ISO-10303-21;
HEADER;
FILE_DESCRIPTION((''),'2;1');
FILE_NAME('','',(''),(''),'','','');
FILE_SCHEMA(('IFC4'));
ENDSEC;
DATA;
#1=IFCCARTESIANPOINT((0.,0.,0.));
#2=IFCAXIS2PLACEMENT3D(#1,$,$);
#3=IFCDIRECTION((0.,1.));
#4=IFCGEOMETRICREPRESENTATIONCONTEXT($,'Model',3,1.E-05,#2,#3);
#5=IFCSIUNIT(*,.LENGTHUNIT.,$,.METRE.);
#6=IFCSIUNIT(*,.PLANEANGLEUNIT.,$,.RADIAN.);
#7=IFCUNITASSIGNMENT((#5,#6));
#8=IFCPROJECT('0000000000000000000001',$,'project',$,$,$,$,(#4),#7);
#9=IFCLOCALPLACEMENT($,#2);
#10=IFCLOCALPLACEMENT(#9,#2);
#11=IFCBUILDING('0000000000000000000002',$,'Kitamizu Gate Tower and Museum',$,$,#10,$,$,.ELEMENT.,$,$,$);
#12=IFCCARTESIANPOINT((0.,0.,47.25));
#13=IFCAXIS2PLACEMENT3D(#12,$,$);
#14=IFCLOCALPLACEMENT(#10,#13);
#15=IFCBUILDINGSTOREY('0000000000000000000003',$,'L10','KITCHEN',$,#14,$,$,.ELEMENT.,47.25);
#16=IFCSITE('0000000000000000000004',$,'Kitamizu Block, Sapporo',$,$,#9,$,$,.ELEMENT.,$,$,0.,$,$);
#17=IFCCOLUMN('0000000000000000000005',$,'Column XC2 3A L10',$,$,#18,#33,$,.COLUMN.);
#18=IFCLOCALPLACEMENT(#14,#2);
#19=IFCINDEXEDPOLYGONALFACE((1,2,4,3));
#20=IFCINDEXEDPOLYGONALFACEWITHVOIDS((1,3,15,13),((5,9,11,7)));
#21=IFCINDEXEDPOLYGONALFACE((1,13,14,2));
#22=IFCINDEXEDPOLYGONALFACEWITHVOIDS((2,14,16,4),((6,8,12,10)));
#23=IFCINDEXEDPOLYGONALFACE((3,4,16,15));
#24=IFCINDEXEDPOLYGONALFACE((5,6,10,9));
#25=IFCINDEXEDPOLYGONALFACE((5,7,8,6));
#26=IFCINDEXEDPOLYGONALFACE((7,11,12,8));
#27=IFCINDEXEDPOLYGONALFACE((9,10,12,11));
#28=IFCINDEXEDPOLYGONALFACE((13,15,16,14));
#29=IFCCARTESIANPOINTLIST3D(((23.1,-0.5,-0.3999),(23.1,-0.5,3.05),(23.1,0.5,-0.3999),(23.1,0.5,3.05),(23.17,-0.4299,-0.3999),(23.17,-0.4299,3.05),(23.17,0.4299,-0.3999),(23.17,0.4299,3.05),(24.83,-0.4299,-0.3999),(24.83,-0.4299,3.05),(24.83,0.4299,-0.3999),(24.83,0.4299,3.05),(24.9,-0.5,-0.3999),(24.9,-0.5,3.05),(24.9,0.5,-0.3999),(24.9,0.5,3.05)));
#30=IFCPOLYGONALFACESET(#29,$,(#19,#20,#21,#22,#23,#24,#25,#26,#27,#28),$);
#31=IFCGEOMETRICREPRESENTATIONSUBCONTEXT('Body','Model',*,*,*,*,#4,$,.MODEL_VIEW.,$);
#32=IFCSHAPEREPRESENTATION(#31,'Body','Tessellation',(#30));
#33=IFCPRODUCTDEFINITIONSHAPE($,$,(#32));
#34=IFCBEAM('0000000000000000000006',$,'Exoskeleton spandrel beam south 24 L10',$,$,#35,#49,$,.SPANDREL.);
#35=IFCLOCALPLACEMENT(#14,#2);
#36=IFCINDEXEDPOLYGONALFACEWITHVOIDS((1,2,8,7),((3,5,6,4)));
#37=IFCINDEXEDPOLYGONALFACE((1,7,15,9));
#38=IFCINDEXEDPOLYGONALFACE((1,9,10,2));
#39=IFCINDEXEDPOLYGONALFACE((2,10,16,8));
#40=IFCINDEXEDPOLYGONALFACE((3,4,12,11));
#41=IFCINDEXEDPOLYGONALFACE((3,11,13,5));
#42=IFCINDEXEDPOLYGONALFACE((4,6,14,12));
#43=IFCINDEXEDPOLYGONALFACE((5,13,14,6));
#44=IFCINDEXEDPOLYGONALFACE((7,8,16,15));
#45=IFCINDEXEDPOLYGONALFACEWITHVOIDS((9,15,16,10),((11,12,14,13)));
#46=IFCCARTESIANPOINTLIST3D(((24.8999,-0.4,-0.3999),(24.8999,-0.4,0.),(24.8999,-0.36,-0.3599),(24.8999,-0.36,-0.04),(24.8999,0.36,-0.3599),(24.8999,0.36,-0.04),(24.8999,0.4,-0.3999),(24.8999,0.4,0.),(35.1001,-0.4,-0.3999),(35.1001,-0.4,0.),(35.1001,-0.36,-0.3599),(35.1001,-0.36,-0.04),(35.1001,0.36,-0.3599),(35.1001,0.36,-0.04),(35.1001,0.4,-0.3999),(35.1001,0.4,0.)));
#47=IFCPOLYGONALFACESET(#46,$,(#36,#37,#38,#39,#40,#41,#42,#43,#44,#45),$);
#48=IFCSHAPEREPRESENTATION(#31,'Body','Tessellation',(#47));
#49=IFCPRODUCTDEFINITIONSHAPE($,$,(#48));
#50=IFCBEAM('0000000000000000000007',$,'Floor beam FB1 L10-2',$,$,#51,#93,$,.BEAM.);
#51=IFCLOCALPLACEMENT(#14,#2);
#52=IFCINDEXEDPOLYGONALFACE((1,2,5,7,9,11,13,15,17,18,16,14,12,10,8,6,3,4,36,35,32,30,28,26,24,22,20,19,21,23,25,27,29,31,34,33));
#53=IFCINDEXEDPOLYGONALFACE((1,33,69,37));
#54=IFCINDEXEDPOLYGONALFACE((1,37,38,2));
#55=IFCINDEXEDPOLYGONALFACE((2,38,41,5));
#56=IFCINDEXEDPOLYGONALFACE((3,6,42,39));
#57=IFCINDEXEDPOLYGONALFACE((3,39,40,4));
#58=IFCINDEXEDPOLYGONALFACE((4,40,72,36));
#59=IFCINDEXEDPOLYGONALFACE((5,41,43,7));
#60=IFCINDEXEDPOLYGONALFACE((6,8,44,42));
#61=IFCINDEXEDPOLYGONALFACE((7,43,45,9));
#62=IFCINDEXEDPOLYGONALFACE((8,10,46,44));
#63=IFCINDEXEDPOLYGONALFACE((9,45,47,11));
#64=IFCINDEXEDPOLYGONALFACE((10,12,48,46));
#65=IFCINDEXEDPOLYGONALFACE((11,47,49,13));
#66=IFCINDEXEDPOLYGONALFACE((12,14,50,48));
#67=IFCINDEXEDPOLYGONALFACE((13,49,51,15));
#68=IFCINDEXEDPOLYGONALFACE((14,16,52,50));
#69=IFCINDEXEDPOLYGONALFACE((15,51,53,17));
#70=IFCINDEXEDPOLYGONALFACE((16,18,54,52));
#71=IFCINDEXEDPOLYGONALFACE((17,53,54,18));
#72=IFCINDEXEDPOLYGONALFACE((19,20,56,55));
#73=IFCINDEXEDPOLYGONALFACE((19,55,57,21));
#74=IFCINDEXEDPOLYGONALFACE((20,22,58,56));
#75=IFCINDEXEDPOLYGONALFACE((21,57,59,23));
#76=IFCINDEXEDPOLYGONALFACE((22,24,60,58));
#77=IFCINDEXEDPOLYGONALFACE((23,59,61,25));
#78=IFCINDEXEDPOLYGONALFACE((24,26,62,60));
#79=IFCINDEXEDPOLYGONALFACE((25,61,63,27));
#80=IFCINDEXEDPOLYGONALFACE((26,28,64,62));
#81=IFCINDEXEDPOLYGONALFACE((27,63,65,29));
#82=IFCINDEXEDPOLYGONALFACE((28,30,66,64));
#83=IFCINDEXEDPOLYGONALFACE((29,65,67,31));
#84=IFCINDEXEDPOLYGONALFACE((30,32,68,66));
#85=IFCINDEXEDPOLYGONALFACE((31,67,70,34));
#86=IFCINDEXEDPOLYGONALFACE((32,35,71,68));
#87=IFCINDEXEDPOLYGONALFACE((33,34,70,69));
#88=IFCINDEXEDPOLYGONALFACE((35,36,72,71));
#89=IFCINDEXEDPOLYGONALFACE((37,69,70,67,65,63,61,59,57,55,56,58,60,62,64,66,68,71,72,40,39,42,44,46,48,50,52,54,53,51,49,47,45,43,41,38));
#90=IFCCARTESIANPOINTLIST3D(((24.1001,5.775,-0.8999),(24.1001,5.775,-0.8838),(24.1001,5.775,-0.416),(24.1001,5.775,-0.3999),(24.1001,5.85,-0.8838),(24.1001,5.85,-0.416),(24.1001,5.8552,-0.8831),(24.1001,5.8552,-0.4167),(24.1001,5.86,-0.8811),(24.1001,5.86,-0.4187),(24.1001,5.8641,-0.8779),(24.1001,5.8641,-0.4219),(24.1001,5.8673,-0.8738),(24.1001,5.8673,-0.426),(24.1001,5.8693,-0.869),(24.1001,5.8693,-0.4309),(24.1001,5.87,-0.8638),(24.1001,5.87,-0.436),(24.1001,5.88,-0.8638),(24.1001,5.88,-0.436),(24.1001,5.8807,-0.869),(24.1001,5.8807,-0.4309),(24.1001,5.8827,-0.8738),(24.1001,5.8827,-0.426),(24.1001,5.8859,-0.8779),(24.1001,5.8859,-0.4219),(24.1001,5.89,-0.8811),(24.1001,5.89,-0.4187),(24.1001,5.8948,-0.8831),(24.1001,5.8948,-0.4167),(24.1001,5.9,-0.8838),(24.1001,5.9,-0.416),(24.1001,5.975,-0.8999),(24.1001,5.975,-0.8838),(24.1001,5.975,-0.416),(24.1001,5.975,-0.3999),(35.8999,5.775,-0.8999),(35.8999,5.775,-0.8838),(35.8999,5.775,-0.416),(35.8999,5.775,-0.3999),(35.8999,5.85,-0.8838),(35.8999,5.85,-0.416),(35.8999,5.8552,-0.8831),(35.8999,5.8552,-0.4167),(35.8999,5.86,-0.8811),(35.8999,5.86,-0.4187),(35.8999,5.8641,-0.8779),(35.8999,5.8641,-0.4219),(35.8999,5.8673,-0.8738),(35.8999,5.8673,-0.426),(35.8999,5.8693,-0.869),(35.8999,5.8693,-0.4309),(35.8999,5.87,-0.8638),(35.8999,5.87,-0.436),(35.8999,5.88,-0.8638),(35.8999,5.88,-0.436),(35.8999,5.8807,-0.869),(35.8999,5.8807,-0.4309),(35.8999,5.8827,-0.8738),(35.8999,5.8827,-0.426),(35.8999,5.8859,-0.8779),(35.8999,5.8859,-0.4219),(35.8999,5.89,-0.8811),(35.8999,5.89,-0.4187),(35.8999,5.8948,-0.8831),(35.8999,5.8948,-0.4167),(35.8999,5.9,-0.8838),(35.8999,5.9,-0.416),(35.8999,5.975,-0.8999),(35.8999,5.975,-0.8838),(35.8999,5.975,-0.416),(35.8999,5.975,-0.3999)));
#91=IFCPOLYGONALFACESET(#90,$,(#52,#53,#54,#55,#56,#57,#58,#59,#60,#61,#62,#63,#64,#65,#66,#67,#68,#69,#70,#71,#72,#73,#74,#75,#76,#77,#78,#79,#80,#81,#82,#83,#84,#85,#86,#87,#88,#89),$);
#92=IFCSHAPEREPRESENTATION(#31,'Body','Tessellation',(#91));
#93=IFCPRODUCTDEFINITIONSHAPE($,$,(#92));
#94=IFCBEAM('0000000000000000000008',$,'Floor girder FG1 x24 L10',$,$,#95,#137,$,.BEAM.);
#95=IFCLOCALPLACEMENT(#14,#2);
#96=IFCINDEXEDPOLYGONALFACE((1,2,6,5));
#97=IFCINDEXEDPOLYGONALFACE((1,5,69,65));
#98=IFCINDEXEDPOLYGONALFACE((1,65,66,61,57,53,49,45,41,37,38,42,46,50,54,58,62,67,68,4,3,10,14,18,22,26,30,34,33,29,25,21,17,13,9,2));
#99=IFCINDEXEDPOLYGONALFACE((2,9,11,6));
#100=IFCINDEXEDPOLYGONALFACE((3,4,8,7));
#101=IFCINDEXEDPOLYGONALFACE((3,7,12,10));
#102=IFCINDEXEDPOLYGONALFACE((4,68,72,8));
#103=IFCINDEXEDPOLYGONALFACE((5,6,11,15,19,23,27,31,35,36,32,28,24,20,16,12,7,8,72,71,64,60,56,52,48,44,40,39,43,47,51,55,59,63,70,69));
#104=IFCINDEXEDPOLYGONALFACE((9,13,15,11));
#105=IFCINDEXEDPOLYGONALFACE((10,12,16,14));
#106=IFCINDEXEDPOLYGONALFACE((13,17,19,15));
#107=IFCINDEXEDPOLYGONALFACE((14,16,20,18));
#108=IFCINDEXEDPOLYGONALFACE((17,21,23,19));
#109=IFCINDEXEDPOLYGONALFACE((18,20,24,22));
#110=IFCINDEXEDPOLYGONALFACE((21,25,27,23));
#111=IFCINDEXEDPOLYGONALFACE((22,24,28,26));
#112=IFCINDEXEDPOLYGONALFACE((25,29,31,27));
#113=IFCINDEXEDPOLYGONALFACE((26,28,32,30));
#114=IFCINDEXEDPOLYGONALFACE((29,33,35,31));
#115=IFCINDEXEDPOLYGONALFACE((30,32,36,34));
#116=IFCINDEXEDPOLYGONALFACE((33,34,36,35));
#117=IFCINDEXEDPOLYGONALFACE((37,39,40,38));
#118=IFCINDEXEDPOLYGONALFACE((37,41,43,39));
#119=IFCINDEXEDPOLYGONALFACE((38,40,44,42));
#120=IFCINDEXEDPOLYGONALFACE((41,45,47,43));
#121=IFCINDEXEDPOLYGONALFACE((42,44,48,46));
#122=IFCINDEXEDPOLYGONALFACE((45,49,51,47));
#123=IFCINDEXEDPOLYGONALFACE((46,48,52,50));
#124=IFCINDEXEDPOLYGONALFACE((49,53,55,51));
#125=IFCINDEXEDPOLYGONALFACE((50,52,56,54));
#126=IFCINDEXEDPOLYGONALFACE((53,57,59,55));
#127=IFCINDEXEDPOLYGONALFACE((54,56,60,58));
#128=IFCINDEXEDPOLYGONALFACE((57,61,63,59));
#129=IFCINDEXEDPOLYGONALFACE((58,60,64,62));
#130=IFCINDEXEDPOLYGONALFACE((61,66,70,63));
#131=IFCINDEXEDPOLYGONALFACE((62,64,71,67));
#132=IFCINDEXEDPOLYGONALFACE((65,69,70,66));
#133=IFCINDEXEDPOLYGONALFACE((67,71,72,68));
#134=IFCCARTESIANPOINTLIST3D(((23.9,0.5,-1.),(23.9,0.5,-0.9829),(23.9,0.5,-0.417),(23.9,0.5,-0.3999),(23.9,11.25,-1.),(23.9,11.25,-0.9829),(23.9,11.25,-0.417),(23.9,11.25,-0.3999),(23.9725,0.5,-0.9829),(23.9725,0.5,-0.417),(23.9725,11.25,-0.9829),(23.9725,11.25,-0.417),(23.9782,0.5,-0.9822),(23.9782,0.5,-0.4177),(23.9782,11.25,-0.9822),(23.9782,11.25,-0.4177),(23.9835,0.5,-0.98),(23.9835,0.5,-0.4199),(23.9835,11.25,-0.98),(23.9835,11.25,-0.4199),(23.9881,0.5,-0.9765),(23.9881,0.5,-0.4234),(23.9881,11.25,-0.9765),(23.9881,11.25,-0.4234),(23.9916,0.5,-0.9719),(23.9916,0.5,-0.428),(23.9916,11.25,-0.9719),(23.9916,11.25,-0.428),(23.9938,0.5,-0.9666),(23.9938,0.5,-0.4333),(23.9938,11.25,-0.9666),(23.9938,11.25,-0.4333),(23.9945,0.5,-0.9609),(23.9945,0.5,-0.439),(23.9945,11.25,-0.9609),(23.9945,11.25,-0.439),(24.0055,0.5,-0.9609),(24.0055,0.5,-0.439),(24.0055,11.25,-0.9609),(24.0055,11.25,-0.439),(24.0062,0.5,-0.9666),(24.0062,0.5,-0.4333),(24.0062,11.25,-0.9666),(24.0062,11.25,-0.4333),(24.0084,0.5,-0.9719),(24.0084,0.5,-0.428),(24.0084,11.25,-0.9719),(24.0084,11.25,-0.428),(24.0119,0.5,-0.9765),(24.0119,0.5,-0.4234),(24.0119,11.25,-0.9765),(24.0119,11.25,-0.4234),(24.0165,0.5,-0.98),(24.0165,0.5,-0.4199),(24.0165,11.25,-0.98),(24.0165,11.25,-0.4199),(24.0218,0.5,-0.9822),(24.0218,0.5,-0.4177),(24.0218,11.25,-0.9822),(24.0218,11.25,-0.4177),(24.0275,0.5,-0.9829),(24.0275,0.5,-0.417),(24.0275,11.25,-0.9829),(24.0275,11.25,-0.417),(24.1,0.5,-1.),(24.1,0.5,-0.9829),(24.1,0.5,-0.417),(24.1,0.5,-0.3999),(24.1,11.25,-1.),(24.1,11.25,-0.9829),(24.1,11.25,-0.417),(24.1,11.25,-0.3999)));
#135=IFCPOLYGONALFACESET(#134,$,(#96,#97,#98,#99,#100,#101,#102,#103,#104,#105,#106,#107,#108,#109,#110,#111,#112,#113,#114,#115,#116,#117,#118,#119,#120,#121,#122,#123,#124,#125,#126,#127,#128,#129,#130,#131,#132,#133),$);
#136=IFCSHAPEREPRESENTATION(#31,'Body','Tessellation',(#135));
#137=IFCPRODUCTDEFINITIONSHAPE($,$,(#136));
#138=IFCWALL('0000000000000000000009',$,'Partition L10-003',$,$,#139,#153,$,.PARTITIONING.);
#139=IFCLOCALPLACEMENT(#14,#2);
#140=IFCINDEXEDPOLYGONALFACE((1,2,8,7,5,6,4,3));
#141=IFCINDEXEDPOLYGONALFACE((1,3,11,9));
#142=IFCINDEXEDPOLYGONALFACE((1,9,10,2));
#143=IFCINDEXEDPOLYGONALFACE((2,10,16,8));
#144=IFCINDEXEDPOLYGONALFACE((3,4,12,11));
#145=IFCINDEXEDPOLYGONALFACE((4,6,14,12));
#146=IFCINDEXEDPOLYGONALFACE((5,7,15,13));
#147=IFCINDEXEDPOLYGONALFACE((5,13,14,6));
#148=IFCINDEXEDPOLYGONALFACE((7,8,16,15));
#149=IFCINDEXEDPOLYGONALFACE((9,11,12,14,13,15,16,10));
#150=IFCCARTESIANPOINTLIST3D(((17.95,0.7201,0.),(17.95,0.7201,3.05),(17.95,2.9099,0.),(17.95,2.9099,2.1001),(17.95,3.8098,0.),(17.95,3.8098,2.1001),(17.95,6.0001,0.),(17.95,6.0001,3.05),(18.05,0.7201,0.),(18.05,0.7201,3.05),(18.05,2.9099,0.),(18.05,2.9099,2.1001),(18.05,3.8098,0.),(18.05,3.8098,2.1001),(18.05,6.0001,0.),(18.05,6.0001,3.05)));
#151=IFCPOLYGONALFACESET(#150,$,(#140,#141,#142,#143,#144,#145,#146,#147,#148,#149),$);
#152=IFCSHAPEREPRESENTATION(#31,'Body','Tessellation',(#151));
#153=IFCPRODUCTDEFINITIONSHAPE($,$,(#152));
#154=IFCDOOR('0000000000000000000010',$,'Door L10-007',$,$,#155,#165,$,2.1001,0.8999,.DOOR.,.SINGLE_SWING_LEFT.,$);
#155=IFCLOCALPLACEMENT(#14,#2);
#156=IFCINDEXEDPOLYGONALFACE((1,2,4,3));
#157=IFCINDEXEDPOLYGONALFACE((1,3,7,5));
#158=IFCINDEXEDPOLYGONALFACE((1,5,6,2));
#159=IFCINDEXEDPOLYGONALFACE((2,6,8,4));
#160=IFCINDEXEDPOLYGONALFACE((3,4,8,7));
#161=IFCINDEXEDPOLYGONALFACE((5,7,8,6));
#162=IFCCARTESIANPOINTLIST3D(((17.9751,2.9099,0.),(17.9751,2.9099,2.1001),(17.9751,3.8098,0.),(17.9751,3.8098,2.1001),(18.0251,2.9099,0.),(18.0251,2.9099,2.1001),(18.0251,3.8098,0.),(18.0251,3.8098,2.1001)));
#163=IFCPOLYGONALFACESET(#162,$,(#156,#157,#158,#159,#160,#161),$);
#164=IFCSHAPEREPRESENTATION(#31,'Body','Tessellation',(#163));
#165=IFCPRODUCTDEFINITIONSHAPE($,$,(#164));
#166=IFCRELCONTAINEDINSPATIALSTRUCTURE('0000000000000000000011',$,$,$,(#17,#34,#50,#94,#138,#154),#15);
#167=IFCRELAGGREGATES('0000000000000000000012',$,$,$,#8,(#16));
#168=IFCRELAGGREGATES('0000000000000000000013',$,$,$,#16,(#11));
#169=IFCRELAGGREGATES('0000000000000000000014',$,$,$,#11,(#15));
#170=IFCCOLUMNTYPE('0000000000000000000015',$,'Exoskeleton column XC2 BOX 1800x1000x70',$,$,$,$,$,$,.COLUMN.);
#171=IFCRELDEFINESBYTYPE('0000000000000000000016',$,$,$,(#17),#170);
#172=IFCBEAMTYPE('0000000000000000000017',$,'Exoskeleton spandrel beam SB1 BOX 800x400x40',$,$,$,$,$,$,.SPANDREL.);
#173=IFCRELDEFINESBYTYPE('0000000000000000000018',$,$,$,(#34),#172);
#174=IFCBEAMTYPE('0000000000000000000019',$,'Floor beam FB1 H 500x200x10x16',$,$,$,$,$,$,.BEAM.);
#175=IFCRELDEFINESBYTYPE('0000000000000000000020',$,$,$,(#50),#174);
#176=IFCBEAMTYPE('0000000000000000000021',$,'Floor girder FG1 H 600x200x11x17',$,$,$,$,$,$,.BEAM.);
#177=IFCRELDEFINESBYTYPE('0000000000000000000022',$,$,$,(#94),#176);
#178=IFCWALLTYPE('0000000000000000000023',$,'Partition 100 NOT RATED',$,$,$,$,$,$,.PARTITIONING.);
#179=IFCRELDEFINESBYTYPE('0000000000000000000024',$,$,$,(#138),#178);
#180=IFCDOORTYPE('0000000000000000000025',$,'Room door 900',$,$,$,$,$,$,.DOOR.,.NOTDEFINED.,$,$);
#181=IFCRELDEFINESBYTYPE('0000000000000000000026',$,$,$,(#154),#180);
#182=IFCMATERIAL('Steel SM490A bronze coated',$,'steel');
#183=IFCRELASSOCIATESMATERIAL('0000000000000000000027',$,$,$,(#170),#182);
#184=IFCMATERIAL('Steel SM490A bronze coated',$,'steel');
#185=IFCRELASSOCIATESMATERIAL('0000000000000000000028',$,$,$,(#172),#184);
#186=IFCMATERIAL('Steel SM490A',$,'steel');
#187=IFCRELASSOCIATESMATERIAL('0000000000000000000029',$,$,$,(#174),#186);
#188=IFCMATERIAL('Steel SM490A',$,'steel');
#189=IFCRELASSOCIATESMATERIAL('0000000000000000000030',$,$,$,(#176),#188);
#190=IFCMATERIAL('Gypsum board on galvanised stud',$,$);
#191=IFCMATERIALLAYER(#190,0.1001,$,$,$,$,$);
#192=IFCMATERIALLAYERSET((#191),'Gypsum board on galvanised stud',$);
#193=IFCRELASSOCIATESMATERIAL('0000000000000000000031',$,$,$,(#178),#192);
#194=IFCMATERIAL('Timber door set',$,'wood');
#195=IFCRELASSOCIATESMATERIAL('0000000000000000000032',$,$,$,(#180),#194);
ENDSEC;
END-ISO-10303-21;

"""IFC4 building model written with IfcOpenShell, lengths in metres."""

from ifc_helpers import new_model, si_unit, direction, frame, frame_2d, origin, origin_2d, place, context, subcontext, project, spatial, rectangle, hollow_rectangle, i_section, extrude, material, layer, layer_set, material_profile, profile_set, type_object, element, fill, save


model = new_model("IFC4")

# Units and contexts
model_context = context("Model", 3, precision=1e-05, world=origin(), true_north=direction((0.0, 1.0)))
body_context = subcontext(model_context, "Body", "Model", "MODEL_VIEW")
ifc_project = project(units=[si_unit("LENGTHUNIT", "METRE"), si_unit("PLANEANGLEUNIT", "RADIAN")], contexts=[model_context])

# Site, building, storey
site_placement = place(None, origin())
site = spatial("IfcSite", under=ifc_project, at=site_placement, Name="Kitamizu Block, Sapporo", CompositionType="ELEMENT", RefElevation=0.0)
building_placement = place(site_placement, origin())
building = spatial("IfcBuilding", under=site, at=building_placement, Name="Kitamizu Gate Tower and Museum", CompositionType="ELEMENT")
storey_placement = place(building_placement, frame((0.0, 0.0, 47.25)))
storey = spatial("IfcBuildingStorey", under=building, at=storey_placement, Name="L10", Description="KITCHEN", CompositionType="ELEMENT", Elevation=47.25)

# Column
ifc_material_1 = material(Name="Steel SM490A bronze coated", Category="steel")
ifc_material_profile_1 = material_profile(ifc_material_1, hollow_rectangle(XDim=1.8, YDim=1.0, WallThickness=0.0701, at=origin_2d()), Name="BOX 1800x1000x70")
ifc_profile_set_1 = profile_set([ifc_material_profile_1], Name="Steel SM490A bronze coated")
column_type = type_object("IfcColumnType", Name="Exoskeleton column XC2 BOX 1800x1000x70", PredefinedType="COLUMN", material=ifc_profile_set_1)
column_placement = place(storey_placement, frame((24.0, 0.0, -0.3999), z_axis=(0.0, 0.0, 1.0), x_axis=(1.0, 0.0, 0.0)))
element("IfcColumn", 1, at=column_placement, inside=storey, type_object=column_type, Name="Column XC2 3A L10", PredefinedType="COLUMN", context=body_context, shape_type="SweptSolid", body=[
    extrude(hollow_rectangle(XDim=1.8, YDim=1.0, WallThickness=0.0701, at=origin_2d()), origin(), (0.0, 0.0, 1.0), 3.45),
])

# Beams
ifc_material_2 = material(Name="Steel SM490A bronze coated", Category="steel")
ifc_material_profile_2 = material_profile(ifc_material_2, hollow_rectangle(XDim=0.8, YDim=0.3999, WallThickness=0.04, at=origin_2d()), Name="BOX 800x400x40")
ifc_profile_set_2 = profile_set([ifc_material_profile_2], Name="Steel SM490A bronze coated")
beam_type_1 = type_object("IfcBeamType", Name="Exoskeleton spandrel beam SB1 BOX 800x400x40", PredefinedType="SPANDREL", material=ifc_profile_set_2)
beam_1_placement = place(storey_placement, frame((24.8999, 0.0, -0.2), z_axis=(1.0, 0.0, 0.0), x_axis=(0.0, 1.0, 0.0)))
element("IfcBeam", 2, at=beam_1_placement, inside=storey, type_object=beam_type_1, Name="Exoskeleton spandrel beam south 24 L10", PredefinedType="SPANDREL", context=body_context, shape_type="SweptSolid", body=[
    extrude(hollow_rectangle(XDim=0.8, YDim=0.3999, WallThickness=0.04, at=origin_2d()), origin(), (0.0, 0.0, 1.0), 10.2002),
])
ifc_material_3 = material(Name="Steel SM490A", Category="steel")
ifc_material_profile_3 = material_profile(ifc_material_3, i_section(OverallWidth=0.2, OverallDepth=0.5, WebThickness=0.01, FlangeThickness=0.0161, FilletRadius=0.02, at=origin_2d()), Name="H-500x200x10x16")
ifc_profile_set_3 = profile_set([ifc_material_profile_3], Name="Steel SM490A")
beam_type_2 = type_object("IfcBeamType", Name="Floor beam FB1 H 500x200x10x16", PredefinedType="BEAM", material=ifc_profile_set_3)
beam_2_placement = place(storey_placement, frame((24.1001, 5.875, -0.6499), z_axis=(1.0, 0.0, 0.0), x_axis=(0.0, 1.0, 0.0)))
element("IfcBeam", 3, at=beam_2_placement, inside=storey, type_object=beam_type_2, Name="Floor beam FB1 L10-2", PredefinedType="BEAM", context=body_context, shape_type="SweptSolid", body=[
    extrude(i_section(OverallWidth=0.2, OverallDepth=0.5, WebThickness=0.01, FlangeThickness=0.0161, FilletRadius=0.02, at=origin_2d()), origin(), (0.0, 0.0, 1.0), 11.7998),
])
ifc_material_4 = material(Name="Steel SM490A", Category="steel")
ifc_material_profile_4 = material_profile(ifc_material_4, i_section(OverallWidth=0.2, OverallDepth=0.6001, WebThickness=0.011, FlangeThickness=0.0171, FilletRadius=0.022, at=origin_2d()), Name="H-600x200x11x17")
ifc_profile_set_4 = profile_set([ifc_material_profile_4], Name="Steel SM490A")
beam_type_3 = type_object("IfcBeamType", Name="Floor girder FG1 H 600x200x11x17", PredefinedType="BEAM", material=ifc_profile_set_4)
beam_3_placement = place(storey_placement, frame((24.0, 0.5, -0.7), z_axis=(0.0, 1.0, 0.0), x_axis=(-1.0, 0.0, 0.0)))
element("IfcBeam", 4, at=beam_3_placement, inside=storey, type_object=beam_type_3, Name="Floor girder FG1 x24 L10", PredefinedType="BEAM", context=body_context, shape_type="SweptSolid", body=[
    extrude(i_section(OverallWidth=0.2, OverallDepth=0.6001, WebThickness=0.011, FlangeThickness=0.0171, FilletRadius=0.022, at=origin_2d()), origin(), (0.0, 0.0, 1.0), 10.75),
])

# Wall, opening, door
ifc_material_5 = material(Name="Gypsum board on galvanised stud")
ifc_layer_1 = layer(ifc_material_5, 0.1001)
ifc_layer_set_1 = layer_set([ifc_layer_1], Name="Gypsum board on galvanised stud")
wall_type_1 = type_object("IfcWallType", Name="Partition 100 NOT RATED", PredefinedType="PARTITIONING", material=ifc_layer_set_1)
wall_1_placement = place(storey_placement, frame((18.0, 0.72, 0.0), z_axis=(0.0, 0.0, 1.0), x_axis=(0.0, 1.0, 0.0)))
wall_1 = element("IfcWall", 5, at=wall_1_placement, inside=storey, type_object=wall_type_1, Name="Partition L10-003", PredefinedType="PARTITIONING", context=body_context, shape_type="SweptSolid", body=[
    extrude(rectangle(XDim=5.28, YDim=0.1001, at=frame_2d((2.6401, 0.0))), origin(), (0.0, 0.0, 1.0), 3.05),
])
opening_1_placement = place(wall_1_placement, frame((2.1899, 0.0, 0.0)))
opening_1 = element("IfcOpeningElement", 6, at=opening_1_placement, cuts=wall_1, PredefinedType="OPENING", context=body_context, shape_type="SweptSolid", body=[
    extrude(rectangle(XDim=0.8999, YDim=2.1001, at=frame_2d((0.45, 1.05))), frame((0.0, 0.0601, 0.0), z_axis=(0.0, -1.0, 0.0), x_axis=(1.0, 0.0, 0.0)), (0.0, 0.0, 1.0), 0.1201),
])
ifc_material_6 = material(Name="Timber door set", Category="wood")
door_type_1 = type_object("IfcDoorType", Name="Room door 900", OperationType="NOTDEFINED", PredefinedType="DOOR", material=ifc_material_6)
door_1_placement = place(opening_1_placement, origin())
door_1 = element("IfcDoor", 7, at=door_1_placement, inside=storey, type_object=door_type_1, Name="Door L10-007", OperationType="SINGLE_SWING_LEFT", OverallHeight=2.1001, OverallWidth=0.8999, PredefinedType="DOOR", context=body_context, shape_type="SweptSolid", body=[
    extrude(rectangle(XDim=0.8999, YDim=2.1001, at=frame_2d((0.45, 1.05))), frame((0.0, 0.0249, 0.0), z_axis=(0.0, -1.0, 0.0), x_axis=(1.0, 0.0, 0.0)), (0.0, 0.0, 1.0), 0.05),
])
fill(opening_1, door_1)

save(model, "model.ifc")
